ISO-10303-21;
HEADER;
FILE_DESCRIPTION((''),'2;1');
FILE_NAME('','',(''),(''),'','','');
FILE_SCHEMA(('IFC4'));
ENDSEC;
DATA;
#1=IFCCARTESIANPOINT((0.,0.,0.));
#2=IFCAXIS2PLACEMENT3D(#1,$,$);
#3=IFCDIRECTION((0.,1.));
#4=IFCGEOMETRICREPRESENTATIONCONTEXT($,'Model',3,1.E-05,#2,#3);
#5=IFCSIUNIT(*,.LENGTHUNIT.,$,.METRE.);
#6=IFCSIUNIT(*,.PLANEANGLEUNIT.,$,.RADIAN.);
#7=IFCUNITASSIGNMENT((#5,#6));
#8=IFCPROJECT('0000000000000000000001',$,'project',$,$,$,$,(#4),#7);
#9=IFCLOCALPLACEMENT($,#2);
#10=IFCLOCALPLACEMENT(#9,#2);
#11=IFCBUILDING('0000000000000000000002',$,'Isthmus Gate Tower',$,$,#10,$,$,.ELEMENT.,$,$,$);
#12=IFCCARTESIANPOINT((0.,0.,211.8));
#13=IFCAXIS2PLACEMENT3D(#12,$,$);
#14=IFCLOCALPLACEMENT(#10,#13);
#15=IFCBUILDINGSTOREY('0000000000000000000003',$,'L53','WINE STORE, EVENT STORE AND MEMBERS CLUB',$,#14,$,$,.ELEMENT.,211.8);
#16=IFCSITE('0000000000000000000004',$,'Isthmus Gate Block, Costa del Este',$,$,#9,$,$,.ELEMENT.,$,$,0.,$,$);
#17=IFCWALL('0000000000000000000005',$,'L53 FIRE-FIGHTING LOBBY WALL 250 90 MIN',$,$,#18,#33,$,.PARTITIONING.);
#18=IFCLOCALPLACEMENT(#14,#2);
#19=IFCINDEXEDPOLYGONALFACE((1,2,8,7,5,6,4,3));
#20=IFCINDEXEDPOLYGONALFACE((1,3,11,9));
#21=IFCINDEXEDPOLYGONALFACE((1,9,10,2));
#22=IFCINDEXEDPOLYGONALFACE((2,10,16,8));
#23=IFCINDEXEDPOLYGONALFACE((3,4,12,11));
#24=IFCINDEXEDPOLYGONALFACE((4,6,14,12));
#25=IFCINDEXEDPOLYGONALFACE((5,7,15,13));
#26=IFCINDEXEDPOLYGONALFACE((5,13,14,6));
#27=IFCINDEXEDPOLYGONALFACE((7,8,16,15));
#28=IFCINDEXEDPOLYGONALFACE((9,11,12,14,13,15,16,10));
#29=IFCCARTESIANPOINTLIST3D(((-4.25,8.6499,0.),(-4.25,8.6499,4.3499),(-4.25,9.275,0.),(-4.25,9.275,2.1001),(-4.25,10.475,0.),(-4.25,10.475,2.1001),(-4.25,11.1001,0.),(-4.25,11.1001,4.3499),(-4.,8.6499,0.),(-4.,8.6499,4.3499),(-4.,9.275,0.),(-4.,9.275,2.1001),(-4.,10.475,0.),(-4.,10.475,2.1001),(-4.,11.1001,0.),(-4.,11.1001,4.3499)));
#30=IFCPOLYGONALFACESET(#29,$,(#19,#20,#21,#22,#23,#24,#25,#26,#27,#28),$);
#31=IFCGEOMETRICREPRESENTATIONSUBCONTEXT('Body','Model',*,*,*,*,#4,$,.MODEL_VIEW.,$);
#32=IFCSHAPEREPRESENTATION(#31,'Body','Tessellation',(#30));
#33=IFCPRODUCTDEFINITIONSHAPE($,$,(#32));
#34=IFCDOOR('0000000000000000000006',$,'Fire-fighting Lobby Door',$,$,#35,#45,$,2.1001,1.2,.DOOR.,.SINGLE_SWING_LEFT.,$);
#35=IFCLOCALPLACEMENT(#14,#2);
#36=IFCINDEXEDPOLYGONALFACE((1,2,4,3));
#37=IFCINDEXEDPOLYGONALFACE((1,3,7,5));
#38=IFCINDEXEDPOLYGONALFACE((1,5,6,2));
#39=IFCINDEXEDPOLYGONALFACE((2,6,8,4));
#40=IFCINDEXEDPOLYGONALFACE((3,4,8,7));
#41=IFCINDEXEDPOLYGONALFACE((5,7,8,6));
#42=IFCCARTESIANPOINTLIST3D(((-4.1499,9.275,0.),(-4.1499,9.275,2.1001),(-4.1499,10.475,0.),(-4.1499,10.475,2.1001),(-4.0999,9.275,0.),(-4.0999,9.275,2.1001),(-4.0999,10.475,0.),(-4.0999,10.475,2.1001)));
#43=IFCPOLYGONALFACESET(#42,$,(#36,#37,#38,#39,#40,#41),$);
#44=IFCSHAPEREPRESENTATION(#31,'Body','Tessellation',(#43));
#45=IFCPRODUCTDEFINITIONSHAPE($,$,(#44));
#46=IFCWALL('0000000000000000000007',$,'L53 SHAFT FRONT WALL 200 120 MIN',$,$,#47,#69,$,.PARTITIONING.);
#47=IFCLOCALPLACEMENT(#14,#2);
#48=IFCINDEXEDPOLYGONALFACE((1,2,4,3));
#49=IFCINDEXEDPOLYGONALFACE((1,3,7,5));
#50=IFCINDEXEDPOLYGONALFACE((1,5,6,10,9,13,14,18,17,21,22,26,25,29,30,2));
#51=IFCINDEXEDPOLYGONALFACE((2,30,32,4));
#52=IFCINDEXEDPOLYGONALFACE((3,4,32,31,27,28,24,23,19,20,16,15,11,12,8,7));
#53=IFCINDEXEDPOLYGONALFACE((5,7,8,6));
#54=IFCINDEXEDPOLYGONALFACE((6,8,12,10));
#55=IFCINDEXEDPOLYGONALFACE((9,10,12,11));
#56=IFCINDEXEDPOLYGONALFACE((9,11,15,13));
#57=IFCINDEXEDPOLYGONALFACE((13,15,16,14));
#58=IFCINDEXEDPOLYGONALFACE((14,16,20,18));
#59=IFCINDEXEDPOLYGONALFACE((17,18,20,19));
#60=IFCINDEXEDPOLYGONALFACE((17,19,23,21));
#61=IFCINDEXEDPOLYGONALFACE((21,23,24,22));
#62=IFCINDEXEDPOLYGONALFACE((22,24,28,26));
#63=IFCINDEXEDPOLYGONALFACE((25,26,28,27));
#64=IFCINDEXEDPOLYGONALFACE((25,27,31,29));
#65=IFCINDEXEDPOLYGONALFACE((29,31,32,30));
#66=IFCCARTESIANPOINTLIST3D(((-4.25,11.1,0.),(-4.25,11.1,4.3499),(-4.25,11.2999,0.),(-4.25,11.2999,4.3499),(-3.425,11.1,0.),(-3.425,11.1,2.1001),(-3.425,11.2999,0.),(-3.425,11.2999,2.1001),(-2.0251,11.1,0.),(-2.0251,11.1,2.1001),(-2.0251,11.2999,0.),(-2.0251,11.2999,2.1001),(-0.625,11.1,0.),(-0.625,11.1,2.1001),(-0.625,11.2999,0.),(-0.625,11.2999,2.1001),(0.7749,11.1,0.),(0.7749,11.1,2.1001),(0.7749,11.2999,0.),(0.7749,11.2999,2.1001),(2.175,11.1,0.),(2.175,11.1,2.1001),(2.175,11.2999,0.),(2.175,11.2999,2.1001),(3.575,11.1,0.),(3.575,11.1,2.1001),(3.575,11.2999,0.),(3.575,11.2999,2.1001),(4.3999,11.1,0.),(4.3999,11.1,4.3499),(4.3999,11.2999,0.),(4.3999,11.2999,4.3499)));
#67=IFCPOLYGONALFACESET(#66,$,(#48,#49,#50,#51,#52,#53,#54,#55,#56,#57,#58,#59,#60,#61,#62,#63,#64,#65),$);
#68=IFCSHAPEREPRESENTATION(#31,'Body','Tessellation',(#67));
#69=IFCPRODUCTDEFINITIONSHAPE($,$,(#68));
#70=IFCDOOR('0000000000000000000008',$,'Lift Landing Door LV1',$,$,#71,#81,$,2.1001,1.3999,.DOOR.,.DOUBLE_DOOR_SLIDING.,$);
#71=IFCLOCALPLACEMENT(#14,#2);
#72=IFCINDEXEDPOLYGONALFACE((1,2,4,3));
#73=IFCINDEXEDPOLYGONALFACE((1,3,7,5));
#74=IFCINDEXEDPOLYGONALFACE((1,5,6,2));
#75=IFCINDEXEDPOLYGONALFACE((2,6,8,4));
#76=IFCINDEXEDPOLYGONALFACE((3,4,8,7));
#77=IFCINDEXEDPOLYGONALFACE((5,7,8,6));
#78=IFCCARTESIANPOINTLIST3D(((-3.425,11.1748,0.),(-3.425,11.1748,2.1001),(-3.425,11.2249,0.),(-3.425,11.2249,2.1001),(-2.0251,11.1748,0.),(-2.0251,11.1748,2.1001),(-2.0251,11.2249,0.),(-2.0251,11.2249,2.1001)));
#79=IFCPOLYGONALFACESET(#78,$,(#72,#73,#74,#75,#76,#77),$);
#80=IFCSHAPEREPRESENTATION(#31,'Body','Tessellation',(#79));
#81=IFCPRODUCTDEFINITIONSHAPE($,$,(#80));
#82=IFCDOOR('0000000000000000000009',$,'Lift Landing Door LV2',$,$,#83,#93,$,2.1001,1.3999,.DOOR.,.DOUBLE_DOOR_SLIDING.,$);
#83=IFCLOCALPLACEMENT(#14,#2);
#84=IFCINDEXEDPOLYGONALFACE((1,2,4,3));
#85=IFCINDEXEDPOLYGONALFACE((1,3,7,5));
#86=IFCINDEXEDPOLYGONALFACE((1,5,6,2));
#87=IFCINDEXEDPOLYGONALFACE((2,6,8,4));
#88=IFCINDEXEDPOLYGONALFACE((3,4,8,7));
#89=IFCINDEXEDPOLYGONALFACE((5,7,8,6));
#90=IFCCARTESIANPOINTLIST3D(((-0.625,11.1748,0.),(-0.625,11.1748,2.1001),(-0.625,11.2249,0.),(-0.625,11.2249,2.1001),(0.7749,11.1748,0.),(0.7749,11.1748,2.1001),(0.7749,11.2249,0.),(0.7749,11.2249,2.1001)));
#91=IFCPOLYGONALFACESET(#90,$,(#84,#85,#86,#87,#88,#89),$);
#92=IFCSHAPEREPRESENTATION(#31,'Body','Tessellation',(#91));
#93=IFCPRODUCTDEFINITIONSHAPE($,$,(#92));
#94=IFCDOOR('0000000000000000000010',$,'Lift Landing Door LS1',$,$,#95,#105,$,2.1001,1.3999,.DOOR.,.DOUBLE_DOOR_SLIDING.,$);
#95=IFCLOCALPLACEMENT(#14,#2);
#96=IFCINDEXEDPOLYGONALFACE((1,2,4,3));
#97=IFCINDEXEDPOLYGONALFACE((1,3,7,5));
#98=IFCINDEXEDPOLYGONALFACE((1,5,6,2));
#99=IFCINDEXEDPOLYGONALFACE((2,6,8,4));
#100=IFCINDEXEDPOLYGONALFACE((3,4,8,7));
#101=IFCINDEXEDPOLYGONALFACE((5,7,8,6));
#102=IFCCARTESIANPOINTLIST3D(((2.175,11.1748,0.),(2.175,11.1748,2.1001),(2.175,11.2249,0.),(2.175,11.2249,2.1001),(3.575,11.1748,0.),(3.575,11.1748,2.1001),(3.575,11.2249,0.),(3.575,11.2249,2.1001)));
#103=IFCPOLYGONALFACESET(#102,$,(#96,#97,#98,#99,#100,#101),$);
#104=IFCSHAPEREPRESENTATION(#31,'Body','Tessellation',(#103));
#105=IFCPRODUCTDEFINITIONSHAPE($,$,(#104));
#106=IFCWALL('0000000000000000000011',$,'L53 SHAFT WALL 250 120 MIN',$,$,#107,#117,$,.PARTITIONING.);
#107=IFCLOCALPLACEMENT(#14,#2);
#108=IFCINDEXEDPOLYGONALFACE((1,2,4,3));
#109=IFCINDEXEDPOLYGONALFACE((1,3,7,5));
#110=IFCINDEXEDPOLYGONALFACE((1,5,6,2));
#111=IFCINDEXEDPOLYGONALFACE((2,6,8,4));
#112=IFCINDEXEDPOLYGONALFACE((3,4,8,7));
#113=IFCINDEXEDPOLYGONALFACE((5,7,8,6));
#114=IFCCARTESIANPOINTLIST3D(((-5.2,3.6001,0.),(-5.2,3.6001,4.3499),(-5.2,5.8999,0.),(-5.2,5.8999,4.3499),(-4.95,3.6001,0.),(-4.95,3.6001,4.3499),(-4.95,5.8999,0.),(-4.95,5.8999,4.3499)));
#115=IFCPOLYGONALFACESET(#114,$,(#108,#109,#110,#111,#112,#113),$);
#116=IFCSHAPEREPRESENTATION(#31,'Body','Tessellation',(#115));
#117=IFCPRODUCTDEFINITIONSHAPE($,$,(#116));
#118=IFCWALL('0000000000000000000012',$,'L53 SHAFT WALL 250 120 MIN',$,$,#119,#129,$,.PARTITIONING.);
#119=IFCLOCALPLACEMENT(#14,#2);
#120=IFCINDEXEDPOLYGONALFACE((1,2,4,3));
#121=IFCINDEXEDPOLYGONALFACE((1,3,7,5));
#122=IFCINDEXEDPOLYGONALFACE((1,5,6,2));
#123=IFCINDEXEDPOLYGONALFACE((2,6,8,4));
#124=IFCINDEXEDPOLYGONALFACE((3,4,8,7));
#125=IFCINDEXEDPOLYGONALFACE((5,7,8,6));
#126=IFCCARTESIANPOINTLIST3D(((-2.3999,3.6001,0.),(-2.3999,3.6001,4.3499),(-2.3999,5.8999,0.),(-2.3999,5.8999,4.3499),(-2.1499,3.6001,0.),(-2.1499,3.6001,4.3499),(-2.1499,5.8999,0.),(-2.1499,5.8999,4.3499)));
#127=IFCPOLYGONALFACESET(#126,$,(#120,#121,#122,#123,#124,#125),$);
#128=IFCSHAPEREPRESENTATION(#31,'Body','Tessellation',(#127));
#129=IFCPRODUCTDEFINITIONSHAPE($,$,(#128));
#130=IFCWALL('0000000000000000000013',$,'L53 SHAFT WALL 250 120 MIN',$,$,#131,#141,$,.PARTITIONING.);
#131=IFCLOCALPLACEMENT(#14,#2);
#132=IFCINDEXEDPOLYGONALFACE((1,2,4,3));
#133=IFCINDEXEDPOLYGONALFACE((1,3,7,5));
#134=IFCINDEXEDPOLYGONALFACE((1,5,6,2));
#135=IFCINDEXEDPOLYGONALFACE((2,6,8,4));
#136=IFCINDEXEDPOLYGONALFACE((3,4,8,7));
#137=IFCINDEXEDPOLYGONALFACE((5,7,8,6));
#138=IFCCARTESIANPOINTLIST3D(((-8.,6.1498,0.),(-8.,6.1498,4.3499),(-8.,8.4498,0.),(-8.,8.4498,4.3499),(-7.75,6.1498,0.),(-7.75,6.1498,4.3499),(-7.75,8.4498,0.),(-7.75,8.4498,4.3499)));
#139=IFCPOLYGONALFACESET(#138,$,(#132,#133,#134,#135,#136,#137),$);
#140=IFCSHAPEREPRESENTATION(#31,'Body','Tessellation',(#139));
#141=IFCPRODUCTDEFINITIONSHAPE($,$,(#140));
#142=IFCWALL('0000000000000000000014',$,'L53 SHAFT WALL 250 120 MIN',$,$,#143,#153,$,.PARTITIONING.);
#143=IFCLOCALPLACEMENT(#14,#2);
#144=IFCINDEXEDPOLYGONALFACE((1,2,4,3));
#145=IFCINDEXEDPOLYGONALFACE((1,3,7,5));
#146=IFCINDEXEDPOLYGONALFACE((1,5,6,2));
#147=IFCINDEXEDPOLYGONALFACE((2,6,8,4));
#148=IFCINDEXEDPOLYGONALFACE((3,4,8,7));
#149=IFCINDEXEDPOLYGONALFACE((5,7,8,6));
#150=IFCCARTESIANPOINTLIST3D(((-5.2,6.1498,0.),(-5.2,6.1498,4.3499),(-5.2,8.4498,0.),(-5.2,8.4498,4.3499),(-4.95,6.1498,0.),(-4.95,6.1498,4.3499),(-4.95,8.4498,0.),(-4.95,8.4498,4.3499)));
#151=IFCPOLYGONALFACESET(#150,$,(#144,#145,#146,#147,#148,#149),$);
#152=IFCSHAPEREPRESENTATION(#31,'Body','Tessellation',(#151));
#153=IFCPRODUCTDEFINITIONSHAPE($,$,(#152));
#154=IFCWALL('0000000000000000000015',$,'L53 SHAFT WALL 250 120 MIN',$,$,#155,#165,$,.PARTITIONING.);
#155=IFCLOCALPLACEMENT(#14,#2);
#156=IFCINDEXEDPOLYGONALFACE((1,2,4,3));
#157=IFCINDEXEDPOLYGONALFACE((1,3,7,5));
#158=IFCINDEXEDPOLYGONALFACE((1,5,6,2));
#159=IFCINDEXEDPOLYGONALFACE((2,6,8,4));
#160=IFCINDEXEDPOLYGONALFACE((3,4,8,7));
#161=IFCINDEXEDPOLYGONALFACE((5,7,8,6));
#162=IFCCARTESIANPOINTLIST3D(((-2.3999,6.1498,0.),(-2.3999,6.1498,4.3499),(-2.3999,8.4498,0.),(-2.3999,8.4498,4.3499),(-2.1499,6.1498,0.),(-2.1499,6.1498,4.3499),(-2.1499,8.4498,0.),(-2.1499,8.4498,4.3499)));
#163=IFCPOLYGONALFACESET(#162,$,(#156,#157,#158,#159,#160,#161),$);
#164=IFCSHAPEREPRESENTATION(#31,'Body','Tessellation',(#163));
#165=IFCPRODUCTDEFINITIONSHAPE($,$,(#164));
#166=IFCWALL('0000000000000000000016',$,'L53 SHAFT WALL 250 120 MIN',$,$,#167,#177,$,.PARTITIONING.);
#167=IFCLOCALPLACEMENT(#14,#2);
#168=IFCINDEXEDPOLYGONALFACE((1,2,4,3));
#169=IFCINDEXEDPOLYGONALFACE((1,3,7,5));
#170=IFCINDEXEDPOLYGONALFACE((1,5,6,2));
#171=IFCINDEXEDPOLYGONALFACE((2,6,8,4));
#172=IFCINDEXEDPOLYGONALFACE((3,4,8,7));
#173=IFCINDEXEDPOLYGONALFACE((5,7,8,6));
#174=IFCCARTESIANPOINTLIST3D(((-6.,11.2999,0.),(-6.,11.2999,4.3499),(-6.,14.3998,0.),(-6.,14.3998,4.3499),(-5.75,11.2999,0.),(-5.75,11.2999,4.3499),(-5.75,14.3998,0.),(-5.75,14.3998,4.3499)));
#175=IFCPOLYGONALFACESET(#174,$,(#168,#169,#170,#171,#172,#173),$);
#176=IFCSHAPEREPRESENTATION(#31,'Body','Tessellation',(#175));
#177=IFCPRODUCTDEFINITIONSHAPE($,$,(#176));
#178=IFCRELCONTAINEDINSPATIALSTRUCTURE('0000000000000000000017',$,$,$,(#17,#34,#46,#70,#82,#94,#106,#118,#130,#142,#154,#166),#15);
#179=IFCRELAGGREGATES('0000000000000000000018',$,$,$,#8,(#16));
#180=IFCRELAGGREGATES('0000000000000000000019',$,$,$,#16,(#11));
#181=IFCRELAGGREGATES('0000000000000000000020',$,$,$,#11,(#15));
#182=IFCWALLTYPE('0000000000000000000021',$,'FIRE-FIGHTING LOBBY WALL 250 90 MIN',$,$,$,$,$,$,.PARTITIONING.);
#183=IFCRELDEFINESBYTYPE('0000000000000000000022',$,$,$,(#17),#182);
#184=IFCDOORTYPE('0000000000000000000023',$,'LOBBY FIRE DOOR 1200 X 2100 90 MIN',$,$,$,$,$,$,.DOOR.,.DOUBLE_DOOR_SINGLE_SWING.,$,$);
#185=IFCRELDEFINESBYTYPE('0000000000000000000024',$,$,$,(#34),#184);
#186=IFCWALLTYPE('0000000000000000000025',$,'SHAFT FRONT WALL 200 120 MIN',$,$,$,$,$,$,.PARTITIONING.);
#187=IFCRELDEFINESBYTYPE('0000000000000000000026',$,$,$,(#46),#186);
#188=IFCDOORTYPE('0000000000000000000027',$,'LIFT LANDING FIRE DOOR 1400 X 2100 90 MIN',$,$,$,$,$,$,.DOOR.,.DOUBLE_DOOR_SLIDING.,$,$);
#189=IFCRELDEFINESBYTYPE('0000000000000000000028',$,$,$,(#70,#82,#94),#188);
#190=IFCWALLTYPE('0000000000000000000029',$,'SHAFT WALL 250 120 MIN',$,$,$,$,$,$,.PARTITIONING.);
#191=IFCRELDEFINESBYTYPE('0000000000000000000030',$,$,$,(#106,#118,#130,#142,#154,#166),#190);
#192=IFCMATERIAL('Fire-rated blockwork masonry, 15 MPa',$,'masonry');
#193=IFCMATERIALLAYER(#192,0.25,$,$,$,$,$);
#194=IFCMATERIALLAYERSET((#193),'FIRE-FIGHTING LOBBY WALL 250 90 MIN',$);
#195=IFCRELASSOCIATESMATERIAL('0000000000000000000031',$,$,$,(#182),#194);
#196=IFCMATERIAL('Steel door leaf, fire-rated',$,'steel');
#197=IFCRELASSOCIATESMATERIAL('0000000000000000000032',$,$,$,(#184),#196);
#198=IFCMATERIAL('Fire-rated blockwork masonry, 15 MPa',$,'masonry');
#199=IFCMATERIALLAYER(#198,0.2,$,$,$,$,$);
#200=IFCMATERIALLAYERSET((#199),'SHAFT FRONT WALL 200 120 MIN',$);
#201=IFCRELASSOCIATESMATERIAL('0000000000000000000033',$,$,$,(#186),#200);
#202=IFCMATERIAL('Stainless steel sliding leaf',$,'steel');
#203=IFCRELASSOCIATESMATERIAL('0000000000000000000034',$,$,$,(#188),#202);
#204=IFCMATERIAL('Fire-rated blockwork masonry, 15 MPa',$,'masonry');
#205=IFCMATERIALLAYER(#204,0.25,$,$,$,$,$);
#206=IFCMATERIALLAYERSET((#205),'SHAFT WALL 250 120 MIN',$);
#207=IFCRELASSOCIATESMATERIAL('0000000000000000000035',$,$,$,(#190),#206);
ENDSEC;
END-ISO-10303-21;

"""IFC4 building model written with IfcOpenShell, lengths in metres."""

from ifc_helpers import new_model, si_unit, direction, frame, frame_2d, origin, place, context, subcontext, project, spatial, rectangle, extrude, material, layer, layer_set, type_object, element, fill, save


model = new_model("IFC4")

# Units and contexts
model_context = context("Model", 3, precision=1e-05, world=origin(), true_north=direction((0.0, 1.0)))
body_context = subcontext(model_context, "Body", "Model", "MODEL_VIEW")
ifc_project = project(units=[si_unit("LENGTHUNIT", "METRE"), si_unit("PLANEANGLEUNIT", "RADIAN")], contexts=[model_context])

# Site, building, storey
site_placement = place(None, origin())
site = spatial("IfcSite", under=ifc_project, at=site_placement, Name="Isthmus Gate Block, Costa del Este", CompositionType="ELEMENT", RefElevation=0.0)
building_placement = place(site_placement, origin())
building = spatial("IfcBuilding", under=site, at=building_placement, Name="Isthmus Gate Tower", CompositionType="ELEMENT")
storey_placement = place(building_placement, frame((0.0, 0.0, 211.8)))
storey = spatial("IfcBuildingStorey", under=building, at=storey_placement, Name="L53", Description="WINE STORE, EVENT STORE AND MEMBERS CLUB", CompositionType="ELEMENT", Elevation=211.8)

# Wall, opening, door
ifc_material_1 = material(Name="Fire-rated blockwork masonry, 15 MPa", Category="masonry")
ifc_layer_1 = layer(ifc_material_1, 0.25)
ifc_layer_set_1 = layer_set([ifc_layer_1], Name="FIRE-FIGHTING LOBBY WALL 250 90 MIN")
wall_type_1 = type_object("IfcWallType", Name="FIRE-FIGHTING LOBBY WALL 250 90 MIN", PredefinedType="PARTITIONING", material=ifc_layer_set_1)
wall_1_placement = place(storey_placement, frame((-4.125, 8.6499, 0.0), z_axis=(0.0, 0.0, 1.0), x_axis=(0.0, 1.0, 0.0)))
wall_1 = element("IfcWall", 1, at=wall_1_placement, inside=storey, type_object=wall_type_1, Name="L53 FIRE-FIGHTING LOBBY WALL 250 90 MIN", PredefinedType="PARTITIONING", context=body_context, shape_type="SweptSolid", body=[
    extrude(rectangle(XDim=2.4502, YDim=0.25, at=frame_2d((1.2251, 0.0))), origin(), (0.0, 0.0, 1.0), 4.3499),
])
opening_1_placement = place(wall_1_placement, frame((0.625, 0.0, 0.0)))
opening_1 = element("IfcOpeningElement", 2, at=opening_1_placement, cuts=wall_1, PredefinedType="OPENING", context=body_context, shape_type="SweptSolid", body=[
    extrude(rectangle(XDim=1.2, YDim=2.1001, at=frame_2d((0.6001, 1.05))), frame((0.0, 0.135, 0.0), z_axis=(0.0, -1.0, 0.0), x_axis=(1.0, 0.0, 0.0)), (0.0, 0.0, 1.0), 0.27),
])
ifc_material_2 = material(Name="Steel door leaf, fire-rated", Category="steel")
door_type_1 = type_object("IfcDoorType", Name="LOBBY FIRE DOOR 1200 X 2100 90 MIN", OperationType="DOUBLE_DOOR_SINGLE_SWING", PredefinedType="DOOR", material=ifc_material_2)
door_1_placement = place(opening_1_placement, origin())
door_1 = element("IfcDoor", 3, at=door_1_placement, inside=storey, type_object=door_type_1, Name="Fire-fighting Lobby Door", OperationType="SINGLE_SWING_LEFT", OverallHeight=2.1001, OverallWidth=1.2, PredefinedType="DOOR", context=body_context, shape_type="SweptSolid", body=[
    extrude(rectangle(XDim=1.2, YDim=2.1001, at=frame_2d((0.6001, 1.05))), frame((0.0, 0.0249, 0.0), z_axis=(0.0, -1.0, 0.0), x_axis=(1.0, 0.0, 0.0)), (0.0, 0.0, 1.0), 0.05),
])
fill(opening_1, door_1)

# Wall, openings, doors
ifc_material_3 = material(Name="Fire-rated blockwork masonry, 15 MPa", Category="masonry")
ifc_layer_2 = layer(ifc_material_3, 0.2)
ifc_layer_set_2 = layer_set([ifc_layer_2], Name="SHAFT FRONT WALL 200 120 MIN")
wall_type_2 = type_object("IfcWallType", Name="SHAFT FRONT WALL 200 120 MIN", PredefinedType="PARTITIONING", material=ifc_layer_set_2)
wall_2_placement = place(storey_placement, frame((-4.25, 11.2, 0.0), z_axis=(0.0, 0.0, 1.0), x_axis=(1.0, 0.0, 0.0)))
wall_2 = element("IfcWall", 4, at=wall_2_placement, inside=storey, type_object=wall_type_2, Name="L53 SHAFT FRONT WALL 200 120 MIN", PredefinedType="PARTITIONING", context=body_context, shape_type="SweptSolid", body=[
    extrude(rectangle(XDim=8.6499, YDim=0.2, at=frame_2d((4.325, 0.0))), origin(), (0.0, 0.0, 1.0), 4.3499),
])
opening_2_placement = place(wall_2_placement, frame((0.825, 0.0, 0.0)))
opening_2 = element("IfcOpeningElement", 5, at=opening_2_placement, cuts=wall_2, PredefinedType="OPENING", context=body_context, shape_type="SweptSolid", body=[
    extrude(rectangle(XDim=1.3999, YDim=2.1001, at=frame_2d((0.7, 1.05))), frame((0.0, 0.1099, 0.0), z_axis=(0.0, -1.0, 0.0), x_axis=(1.0, 0.0, 0.0)), (0.0, 0.0, 1.0), 0.22),
])
opening_3_placement = place(wall_2_placement, frame((3.625, 0.0, 0.0)))
opening_3 = element("IfcOpeningElement", 6, at=opening_3_placement, cuts=wall_2, PredefinedType="OPENING", context=body_context, shape_type="SweptSolid", body=[
    extrude(rectangle(XDim=1.3999, YDim=2.1001, at=frame_2d((0.7, 1.05))), frame((0.0, 0.1099, 0.0), z_axis=(0.0, -1.0, 0.0), x_axis=(1.0, 0.0, 0.0)), (0.0, 0.0, 1.0), 0.22),
])
opening_4_placement = place(wall_2_placement, frame((6.425, 0.0, 0.0)))
opening_4 = element("IfcOpeningElement", 7, at=opening_4_placement, cuts=wall_2, PredefinedType="OPENING", context=body_context, shape_type="SweptSolid", body=[
    extrude(rectangle(XDim=1.3999, YDim=2.1001, at=frame_2d((0.7, 1.05))), frame((0.0, 0.1099, 0.0), z_axis=(0.0, -1.0, 0.0), x_axis=(1.0, 0.0, 0.0)), (0.0, 0.0, 1.0), 0.22),
])
ifc_material_4 = material(Name="Stainless steel sliding leaf", Category="steel")
door_type_2 = type_object("IfcDoorType", Name="LIFT LANDING FIRE DOOR 1400 X 2100 90 MIN", OperationType="DOUBLE_DOOR_SLIDING", PredefinedType="DOOR", material=ifc_material_4)
door_2_placement = place(opening_2_placement, origin())
door_2 = element("IfcDoor", 8, at=door_2_placement, inside=storey, type_object=door_type_2, Name="Lift Landing Door LV1", OperationType="DOUBLE_DOOR_SLIDING", OverallHeight=2.1001, OverallWidth=1.3999, PredefinedType="DOOR", context=body_context, shape_type="SweptSolid", body=[
    extrude(rectangle(XDim=1.3999, YDim=2.1001, at=frame_2d((0.7, 1.05))), frame((0.0, 0.0249, 0.0), z_axis=(0.0, -1.0, 0.0), x_axis=(1.0, 0.0, 0.0)), (0.0, 0.0, 1.0), 0.05),
])
fill(opening_2, door_2)
door_3_placement = place(opening_3_placement, origin())
door_3 = element("IfcDoor", 9, at=door_3_placement, inside=storey, type_object=door_type_2, Name="Lift Landing Door LV2", OperationType="DOUBLE_DOOR_SLIDING", OverallHeight=2.1001, OverallWidth=1.3999, PredefinedType="DOOR", context=body_context, shape_type="SweptSolid", body=[
    extrude(rectangle(XDim=1.3999, YDim=2.1001, at=frame_2d((0.7, 1.05))), frame((0.0, 0.0249, 0.0), z_axis=(0.0, -1.0, 0.0), x_axis=(1.0, 0.0, 0.0)), (0.0, 0.0, 1.0), 0.05),
])
fill(opening_3, door_3)
door_4_placement = place(opening_4_placement, origin())
door_4 = element("IfcDoor", 10, at=door_4_placement, inside=storey, type_object=door_type_2, Name="Lift Landing Door LS1", OperationType="DOUBLE_DOOR_SLIDING", OverallHeight=2.1001, OverallWidth=1.3999, PredefinedType="DOOR", context=body_context, shape_type="SweptSolid", body=[
    extrude(rectangle(XDim=1.3999, YDim=2.1001, at=frame_2d((0.7, 1.05))), frame((0.0, 0.0249, 0.0), z_axis=(0.0, -1.0, 0.0), x_axis=(1.0, 0.0, 0.0)), (0.0, 0.0, 1.0), 0.05),
])
fill(opening_4, door_4)

# Walls
ifc_material_5 = material(Name="Fire-rated blockwork masonry, 15 MPa", Category="masonry")
ifc_layer_3 = layer(ifc_material_5, 0.25)
ifc_layer_set_3 = layer_set([ifc_layer_3], Name="SHAFT WALL 250 120 MIN")
wall_type_3 = type_object("IfcWallType", Name="SHAFT WALL 250 120 MIN", PredefinedType="PARTITIONING", material=ifc_layer_set_3)
for number, where, z_axis, x_axis, name in (
    (11, (-5.075, 3.6001, 0.0), (0.0, 0.0, 1.0), (0.0, 1.0, 0.0), "L53 SHAFT WALL 250 120 MIN"),
    (12, (-2.2749, 3.6001, 0.0), (0.0, 0.0, 1.0), (0.0, 1.0, 0.0), "L53 SHAFT WALL 250 120 MIN"),
):
    element("IfcWall", number, at=place(storey_placement, frame(where, z_axis=z_axis, x_axis=x_axis)), inside=storey, type_object=wall_type_3, Name=name, PredefinedType="PARTITIONING", context=body_context, shape_type="SweptSolid", body=[
        extrude(rectangle(XDim=2.2998, YDim=0.25, at=frame_2d((1.1499, 0.0))), origin(), (0.0, 0.0, 1.0), 4.3499),
    ])
for number, where, z_axis, x_axis, name in (
    (13, (-7.875, 6.1499, 0.0), (0.0, 0.0, 1.0), (0.0, 1.0, 0.0), "L53 SHAFT WALL 250 120 MIN"),
    (14, (-5.075, 6.1499, 0.0), (0.0, 0.0, 1.0), (0.0, 1.0, 0.0), "L53 SHAFT WALL 250 120 MIN"),
    (15, (-2.2749, 6.1499, 0.0), (0.0, 0.0, 1.0), (0.0, 1.0, 0.0), "L53 SHAFT WALL 250 120 MIN"),
):
    element("IfcWall", number, at=place(storey_placement, frame(where, z_axis=z_axis, x_axis=x_axis)), inside=storey, type_object=wall_type_3, Name=name, PredefinedType="PARTITIONING", context=body_context, shape_type="SweptSolid", body=[
        extrude(rectangle(XDim=2.3, YDim=0.25, at=frame_2d((1.1499, 0.0))), origin(), (0.0, 0.0, 1.0), 4.3499),
    ])
for number, where, z_axis, x_axis, name in (
    (16, (-5.875, 11.3, 0.0), (0.0, 0.0, 1.0), (0.0, 1.0, 0.0), "L53 SHAFT WALL 250 120 MIN"),
):
    element("IfcWall", number, at=place(storey_placement, frame(where, z_axis=z_axis, x_axis=x_axis)), inside=storey, type_object=wall_type_3, Name=name, PredefinedType="PARTITIONING", context=body_context, shape_type="SweptSolid", body=[
        extrude(rectangle(XDim=3.0999, YDim=0.25, at=frame_2d((1.5498, 0.0))), origin(), (0.0, 0.0, 1.0), 4.3499),
    ])

save(model, "model.ifc")
